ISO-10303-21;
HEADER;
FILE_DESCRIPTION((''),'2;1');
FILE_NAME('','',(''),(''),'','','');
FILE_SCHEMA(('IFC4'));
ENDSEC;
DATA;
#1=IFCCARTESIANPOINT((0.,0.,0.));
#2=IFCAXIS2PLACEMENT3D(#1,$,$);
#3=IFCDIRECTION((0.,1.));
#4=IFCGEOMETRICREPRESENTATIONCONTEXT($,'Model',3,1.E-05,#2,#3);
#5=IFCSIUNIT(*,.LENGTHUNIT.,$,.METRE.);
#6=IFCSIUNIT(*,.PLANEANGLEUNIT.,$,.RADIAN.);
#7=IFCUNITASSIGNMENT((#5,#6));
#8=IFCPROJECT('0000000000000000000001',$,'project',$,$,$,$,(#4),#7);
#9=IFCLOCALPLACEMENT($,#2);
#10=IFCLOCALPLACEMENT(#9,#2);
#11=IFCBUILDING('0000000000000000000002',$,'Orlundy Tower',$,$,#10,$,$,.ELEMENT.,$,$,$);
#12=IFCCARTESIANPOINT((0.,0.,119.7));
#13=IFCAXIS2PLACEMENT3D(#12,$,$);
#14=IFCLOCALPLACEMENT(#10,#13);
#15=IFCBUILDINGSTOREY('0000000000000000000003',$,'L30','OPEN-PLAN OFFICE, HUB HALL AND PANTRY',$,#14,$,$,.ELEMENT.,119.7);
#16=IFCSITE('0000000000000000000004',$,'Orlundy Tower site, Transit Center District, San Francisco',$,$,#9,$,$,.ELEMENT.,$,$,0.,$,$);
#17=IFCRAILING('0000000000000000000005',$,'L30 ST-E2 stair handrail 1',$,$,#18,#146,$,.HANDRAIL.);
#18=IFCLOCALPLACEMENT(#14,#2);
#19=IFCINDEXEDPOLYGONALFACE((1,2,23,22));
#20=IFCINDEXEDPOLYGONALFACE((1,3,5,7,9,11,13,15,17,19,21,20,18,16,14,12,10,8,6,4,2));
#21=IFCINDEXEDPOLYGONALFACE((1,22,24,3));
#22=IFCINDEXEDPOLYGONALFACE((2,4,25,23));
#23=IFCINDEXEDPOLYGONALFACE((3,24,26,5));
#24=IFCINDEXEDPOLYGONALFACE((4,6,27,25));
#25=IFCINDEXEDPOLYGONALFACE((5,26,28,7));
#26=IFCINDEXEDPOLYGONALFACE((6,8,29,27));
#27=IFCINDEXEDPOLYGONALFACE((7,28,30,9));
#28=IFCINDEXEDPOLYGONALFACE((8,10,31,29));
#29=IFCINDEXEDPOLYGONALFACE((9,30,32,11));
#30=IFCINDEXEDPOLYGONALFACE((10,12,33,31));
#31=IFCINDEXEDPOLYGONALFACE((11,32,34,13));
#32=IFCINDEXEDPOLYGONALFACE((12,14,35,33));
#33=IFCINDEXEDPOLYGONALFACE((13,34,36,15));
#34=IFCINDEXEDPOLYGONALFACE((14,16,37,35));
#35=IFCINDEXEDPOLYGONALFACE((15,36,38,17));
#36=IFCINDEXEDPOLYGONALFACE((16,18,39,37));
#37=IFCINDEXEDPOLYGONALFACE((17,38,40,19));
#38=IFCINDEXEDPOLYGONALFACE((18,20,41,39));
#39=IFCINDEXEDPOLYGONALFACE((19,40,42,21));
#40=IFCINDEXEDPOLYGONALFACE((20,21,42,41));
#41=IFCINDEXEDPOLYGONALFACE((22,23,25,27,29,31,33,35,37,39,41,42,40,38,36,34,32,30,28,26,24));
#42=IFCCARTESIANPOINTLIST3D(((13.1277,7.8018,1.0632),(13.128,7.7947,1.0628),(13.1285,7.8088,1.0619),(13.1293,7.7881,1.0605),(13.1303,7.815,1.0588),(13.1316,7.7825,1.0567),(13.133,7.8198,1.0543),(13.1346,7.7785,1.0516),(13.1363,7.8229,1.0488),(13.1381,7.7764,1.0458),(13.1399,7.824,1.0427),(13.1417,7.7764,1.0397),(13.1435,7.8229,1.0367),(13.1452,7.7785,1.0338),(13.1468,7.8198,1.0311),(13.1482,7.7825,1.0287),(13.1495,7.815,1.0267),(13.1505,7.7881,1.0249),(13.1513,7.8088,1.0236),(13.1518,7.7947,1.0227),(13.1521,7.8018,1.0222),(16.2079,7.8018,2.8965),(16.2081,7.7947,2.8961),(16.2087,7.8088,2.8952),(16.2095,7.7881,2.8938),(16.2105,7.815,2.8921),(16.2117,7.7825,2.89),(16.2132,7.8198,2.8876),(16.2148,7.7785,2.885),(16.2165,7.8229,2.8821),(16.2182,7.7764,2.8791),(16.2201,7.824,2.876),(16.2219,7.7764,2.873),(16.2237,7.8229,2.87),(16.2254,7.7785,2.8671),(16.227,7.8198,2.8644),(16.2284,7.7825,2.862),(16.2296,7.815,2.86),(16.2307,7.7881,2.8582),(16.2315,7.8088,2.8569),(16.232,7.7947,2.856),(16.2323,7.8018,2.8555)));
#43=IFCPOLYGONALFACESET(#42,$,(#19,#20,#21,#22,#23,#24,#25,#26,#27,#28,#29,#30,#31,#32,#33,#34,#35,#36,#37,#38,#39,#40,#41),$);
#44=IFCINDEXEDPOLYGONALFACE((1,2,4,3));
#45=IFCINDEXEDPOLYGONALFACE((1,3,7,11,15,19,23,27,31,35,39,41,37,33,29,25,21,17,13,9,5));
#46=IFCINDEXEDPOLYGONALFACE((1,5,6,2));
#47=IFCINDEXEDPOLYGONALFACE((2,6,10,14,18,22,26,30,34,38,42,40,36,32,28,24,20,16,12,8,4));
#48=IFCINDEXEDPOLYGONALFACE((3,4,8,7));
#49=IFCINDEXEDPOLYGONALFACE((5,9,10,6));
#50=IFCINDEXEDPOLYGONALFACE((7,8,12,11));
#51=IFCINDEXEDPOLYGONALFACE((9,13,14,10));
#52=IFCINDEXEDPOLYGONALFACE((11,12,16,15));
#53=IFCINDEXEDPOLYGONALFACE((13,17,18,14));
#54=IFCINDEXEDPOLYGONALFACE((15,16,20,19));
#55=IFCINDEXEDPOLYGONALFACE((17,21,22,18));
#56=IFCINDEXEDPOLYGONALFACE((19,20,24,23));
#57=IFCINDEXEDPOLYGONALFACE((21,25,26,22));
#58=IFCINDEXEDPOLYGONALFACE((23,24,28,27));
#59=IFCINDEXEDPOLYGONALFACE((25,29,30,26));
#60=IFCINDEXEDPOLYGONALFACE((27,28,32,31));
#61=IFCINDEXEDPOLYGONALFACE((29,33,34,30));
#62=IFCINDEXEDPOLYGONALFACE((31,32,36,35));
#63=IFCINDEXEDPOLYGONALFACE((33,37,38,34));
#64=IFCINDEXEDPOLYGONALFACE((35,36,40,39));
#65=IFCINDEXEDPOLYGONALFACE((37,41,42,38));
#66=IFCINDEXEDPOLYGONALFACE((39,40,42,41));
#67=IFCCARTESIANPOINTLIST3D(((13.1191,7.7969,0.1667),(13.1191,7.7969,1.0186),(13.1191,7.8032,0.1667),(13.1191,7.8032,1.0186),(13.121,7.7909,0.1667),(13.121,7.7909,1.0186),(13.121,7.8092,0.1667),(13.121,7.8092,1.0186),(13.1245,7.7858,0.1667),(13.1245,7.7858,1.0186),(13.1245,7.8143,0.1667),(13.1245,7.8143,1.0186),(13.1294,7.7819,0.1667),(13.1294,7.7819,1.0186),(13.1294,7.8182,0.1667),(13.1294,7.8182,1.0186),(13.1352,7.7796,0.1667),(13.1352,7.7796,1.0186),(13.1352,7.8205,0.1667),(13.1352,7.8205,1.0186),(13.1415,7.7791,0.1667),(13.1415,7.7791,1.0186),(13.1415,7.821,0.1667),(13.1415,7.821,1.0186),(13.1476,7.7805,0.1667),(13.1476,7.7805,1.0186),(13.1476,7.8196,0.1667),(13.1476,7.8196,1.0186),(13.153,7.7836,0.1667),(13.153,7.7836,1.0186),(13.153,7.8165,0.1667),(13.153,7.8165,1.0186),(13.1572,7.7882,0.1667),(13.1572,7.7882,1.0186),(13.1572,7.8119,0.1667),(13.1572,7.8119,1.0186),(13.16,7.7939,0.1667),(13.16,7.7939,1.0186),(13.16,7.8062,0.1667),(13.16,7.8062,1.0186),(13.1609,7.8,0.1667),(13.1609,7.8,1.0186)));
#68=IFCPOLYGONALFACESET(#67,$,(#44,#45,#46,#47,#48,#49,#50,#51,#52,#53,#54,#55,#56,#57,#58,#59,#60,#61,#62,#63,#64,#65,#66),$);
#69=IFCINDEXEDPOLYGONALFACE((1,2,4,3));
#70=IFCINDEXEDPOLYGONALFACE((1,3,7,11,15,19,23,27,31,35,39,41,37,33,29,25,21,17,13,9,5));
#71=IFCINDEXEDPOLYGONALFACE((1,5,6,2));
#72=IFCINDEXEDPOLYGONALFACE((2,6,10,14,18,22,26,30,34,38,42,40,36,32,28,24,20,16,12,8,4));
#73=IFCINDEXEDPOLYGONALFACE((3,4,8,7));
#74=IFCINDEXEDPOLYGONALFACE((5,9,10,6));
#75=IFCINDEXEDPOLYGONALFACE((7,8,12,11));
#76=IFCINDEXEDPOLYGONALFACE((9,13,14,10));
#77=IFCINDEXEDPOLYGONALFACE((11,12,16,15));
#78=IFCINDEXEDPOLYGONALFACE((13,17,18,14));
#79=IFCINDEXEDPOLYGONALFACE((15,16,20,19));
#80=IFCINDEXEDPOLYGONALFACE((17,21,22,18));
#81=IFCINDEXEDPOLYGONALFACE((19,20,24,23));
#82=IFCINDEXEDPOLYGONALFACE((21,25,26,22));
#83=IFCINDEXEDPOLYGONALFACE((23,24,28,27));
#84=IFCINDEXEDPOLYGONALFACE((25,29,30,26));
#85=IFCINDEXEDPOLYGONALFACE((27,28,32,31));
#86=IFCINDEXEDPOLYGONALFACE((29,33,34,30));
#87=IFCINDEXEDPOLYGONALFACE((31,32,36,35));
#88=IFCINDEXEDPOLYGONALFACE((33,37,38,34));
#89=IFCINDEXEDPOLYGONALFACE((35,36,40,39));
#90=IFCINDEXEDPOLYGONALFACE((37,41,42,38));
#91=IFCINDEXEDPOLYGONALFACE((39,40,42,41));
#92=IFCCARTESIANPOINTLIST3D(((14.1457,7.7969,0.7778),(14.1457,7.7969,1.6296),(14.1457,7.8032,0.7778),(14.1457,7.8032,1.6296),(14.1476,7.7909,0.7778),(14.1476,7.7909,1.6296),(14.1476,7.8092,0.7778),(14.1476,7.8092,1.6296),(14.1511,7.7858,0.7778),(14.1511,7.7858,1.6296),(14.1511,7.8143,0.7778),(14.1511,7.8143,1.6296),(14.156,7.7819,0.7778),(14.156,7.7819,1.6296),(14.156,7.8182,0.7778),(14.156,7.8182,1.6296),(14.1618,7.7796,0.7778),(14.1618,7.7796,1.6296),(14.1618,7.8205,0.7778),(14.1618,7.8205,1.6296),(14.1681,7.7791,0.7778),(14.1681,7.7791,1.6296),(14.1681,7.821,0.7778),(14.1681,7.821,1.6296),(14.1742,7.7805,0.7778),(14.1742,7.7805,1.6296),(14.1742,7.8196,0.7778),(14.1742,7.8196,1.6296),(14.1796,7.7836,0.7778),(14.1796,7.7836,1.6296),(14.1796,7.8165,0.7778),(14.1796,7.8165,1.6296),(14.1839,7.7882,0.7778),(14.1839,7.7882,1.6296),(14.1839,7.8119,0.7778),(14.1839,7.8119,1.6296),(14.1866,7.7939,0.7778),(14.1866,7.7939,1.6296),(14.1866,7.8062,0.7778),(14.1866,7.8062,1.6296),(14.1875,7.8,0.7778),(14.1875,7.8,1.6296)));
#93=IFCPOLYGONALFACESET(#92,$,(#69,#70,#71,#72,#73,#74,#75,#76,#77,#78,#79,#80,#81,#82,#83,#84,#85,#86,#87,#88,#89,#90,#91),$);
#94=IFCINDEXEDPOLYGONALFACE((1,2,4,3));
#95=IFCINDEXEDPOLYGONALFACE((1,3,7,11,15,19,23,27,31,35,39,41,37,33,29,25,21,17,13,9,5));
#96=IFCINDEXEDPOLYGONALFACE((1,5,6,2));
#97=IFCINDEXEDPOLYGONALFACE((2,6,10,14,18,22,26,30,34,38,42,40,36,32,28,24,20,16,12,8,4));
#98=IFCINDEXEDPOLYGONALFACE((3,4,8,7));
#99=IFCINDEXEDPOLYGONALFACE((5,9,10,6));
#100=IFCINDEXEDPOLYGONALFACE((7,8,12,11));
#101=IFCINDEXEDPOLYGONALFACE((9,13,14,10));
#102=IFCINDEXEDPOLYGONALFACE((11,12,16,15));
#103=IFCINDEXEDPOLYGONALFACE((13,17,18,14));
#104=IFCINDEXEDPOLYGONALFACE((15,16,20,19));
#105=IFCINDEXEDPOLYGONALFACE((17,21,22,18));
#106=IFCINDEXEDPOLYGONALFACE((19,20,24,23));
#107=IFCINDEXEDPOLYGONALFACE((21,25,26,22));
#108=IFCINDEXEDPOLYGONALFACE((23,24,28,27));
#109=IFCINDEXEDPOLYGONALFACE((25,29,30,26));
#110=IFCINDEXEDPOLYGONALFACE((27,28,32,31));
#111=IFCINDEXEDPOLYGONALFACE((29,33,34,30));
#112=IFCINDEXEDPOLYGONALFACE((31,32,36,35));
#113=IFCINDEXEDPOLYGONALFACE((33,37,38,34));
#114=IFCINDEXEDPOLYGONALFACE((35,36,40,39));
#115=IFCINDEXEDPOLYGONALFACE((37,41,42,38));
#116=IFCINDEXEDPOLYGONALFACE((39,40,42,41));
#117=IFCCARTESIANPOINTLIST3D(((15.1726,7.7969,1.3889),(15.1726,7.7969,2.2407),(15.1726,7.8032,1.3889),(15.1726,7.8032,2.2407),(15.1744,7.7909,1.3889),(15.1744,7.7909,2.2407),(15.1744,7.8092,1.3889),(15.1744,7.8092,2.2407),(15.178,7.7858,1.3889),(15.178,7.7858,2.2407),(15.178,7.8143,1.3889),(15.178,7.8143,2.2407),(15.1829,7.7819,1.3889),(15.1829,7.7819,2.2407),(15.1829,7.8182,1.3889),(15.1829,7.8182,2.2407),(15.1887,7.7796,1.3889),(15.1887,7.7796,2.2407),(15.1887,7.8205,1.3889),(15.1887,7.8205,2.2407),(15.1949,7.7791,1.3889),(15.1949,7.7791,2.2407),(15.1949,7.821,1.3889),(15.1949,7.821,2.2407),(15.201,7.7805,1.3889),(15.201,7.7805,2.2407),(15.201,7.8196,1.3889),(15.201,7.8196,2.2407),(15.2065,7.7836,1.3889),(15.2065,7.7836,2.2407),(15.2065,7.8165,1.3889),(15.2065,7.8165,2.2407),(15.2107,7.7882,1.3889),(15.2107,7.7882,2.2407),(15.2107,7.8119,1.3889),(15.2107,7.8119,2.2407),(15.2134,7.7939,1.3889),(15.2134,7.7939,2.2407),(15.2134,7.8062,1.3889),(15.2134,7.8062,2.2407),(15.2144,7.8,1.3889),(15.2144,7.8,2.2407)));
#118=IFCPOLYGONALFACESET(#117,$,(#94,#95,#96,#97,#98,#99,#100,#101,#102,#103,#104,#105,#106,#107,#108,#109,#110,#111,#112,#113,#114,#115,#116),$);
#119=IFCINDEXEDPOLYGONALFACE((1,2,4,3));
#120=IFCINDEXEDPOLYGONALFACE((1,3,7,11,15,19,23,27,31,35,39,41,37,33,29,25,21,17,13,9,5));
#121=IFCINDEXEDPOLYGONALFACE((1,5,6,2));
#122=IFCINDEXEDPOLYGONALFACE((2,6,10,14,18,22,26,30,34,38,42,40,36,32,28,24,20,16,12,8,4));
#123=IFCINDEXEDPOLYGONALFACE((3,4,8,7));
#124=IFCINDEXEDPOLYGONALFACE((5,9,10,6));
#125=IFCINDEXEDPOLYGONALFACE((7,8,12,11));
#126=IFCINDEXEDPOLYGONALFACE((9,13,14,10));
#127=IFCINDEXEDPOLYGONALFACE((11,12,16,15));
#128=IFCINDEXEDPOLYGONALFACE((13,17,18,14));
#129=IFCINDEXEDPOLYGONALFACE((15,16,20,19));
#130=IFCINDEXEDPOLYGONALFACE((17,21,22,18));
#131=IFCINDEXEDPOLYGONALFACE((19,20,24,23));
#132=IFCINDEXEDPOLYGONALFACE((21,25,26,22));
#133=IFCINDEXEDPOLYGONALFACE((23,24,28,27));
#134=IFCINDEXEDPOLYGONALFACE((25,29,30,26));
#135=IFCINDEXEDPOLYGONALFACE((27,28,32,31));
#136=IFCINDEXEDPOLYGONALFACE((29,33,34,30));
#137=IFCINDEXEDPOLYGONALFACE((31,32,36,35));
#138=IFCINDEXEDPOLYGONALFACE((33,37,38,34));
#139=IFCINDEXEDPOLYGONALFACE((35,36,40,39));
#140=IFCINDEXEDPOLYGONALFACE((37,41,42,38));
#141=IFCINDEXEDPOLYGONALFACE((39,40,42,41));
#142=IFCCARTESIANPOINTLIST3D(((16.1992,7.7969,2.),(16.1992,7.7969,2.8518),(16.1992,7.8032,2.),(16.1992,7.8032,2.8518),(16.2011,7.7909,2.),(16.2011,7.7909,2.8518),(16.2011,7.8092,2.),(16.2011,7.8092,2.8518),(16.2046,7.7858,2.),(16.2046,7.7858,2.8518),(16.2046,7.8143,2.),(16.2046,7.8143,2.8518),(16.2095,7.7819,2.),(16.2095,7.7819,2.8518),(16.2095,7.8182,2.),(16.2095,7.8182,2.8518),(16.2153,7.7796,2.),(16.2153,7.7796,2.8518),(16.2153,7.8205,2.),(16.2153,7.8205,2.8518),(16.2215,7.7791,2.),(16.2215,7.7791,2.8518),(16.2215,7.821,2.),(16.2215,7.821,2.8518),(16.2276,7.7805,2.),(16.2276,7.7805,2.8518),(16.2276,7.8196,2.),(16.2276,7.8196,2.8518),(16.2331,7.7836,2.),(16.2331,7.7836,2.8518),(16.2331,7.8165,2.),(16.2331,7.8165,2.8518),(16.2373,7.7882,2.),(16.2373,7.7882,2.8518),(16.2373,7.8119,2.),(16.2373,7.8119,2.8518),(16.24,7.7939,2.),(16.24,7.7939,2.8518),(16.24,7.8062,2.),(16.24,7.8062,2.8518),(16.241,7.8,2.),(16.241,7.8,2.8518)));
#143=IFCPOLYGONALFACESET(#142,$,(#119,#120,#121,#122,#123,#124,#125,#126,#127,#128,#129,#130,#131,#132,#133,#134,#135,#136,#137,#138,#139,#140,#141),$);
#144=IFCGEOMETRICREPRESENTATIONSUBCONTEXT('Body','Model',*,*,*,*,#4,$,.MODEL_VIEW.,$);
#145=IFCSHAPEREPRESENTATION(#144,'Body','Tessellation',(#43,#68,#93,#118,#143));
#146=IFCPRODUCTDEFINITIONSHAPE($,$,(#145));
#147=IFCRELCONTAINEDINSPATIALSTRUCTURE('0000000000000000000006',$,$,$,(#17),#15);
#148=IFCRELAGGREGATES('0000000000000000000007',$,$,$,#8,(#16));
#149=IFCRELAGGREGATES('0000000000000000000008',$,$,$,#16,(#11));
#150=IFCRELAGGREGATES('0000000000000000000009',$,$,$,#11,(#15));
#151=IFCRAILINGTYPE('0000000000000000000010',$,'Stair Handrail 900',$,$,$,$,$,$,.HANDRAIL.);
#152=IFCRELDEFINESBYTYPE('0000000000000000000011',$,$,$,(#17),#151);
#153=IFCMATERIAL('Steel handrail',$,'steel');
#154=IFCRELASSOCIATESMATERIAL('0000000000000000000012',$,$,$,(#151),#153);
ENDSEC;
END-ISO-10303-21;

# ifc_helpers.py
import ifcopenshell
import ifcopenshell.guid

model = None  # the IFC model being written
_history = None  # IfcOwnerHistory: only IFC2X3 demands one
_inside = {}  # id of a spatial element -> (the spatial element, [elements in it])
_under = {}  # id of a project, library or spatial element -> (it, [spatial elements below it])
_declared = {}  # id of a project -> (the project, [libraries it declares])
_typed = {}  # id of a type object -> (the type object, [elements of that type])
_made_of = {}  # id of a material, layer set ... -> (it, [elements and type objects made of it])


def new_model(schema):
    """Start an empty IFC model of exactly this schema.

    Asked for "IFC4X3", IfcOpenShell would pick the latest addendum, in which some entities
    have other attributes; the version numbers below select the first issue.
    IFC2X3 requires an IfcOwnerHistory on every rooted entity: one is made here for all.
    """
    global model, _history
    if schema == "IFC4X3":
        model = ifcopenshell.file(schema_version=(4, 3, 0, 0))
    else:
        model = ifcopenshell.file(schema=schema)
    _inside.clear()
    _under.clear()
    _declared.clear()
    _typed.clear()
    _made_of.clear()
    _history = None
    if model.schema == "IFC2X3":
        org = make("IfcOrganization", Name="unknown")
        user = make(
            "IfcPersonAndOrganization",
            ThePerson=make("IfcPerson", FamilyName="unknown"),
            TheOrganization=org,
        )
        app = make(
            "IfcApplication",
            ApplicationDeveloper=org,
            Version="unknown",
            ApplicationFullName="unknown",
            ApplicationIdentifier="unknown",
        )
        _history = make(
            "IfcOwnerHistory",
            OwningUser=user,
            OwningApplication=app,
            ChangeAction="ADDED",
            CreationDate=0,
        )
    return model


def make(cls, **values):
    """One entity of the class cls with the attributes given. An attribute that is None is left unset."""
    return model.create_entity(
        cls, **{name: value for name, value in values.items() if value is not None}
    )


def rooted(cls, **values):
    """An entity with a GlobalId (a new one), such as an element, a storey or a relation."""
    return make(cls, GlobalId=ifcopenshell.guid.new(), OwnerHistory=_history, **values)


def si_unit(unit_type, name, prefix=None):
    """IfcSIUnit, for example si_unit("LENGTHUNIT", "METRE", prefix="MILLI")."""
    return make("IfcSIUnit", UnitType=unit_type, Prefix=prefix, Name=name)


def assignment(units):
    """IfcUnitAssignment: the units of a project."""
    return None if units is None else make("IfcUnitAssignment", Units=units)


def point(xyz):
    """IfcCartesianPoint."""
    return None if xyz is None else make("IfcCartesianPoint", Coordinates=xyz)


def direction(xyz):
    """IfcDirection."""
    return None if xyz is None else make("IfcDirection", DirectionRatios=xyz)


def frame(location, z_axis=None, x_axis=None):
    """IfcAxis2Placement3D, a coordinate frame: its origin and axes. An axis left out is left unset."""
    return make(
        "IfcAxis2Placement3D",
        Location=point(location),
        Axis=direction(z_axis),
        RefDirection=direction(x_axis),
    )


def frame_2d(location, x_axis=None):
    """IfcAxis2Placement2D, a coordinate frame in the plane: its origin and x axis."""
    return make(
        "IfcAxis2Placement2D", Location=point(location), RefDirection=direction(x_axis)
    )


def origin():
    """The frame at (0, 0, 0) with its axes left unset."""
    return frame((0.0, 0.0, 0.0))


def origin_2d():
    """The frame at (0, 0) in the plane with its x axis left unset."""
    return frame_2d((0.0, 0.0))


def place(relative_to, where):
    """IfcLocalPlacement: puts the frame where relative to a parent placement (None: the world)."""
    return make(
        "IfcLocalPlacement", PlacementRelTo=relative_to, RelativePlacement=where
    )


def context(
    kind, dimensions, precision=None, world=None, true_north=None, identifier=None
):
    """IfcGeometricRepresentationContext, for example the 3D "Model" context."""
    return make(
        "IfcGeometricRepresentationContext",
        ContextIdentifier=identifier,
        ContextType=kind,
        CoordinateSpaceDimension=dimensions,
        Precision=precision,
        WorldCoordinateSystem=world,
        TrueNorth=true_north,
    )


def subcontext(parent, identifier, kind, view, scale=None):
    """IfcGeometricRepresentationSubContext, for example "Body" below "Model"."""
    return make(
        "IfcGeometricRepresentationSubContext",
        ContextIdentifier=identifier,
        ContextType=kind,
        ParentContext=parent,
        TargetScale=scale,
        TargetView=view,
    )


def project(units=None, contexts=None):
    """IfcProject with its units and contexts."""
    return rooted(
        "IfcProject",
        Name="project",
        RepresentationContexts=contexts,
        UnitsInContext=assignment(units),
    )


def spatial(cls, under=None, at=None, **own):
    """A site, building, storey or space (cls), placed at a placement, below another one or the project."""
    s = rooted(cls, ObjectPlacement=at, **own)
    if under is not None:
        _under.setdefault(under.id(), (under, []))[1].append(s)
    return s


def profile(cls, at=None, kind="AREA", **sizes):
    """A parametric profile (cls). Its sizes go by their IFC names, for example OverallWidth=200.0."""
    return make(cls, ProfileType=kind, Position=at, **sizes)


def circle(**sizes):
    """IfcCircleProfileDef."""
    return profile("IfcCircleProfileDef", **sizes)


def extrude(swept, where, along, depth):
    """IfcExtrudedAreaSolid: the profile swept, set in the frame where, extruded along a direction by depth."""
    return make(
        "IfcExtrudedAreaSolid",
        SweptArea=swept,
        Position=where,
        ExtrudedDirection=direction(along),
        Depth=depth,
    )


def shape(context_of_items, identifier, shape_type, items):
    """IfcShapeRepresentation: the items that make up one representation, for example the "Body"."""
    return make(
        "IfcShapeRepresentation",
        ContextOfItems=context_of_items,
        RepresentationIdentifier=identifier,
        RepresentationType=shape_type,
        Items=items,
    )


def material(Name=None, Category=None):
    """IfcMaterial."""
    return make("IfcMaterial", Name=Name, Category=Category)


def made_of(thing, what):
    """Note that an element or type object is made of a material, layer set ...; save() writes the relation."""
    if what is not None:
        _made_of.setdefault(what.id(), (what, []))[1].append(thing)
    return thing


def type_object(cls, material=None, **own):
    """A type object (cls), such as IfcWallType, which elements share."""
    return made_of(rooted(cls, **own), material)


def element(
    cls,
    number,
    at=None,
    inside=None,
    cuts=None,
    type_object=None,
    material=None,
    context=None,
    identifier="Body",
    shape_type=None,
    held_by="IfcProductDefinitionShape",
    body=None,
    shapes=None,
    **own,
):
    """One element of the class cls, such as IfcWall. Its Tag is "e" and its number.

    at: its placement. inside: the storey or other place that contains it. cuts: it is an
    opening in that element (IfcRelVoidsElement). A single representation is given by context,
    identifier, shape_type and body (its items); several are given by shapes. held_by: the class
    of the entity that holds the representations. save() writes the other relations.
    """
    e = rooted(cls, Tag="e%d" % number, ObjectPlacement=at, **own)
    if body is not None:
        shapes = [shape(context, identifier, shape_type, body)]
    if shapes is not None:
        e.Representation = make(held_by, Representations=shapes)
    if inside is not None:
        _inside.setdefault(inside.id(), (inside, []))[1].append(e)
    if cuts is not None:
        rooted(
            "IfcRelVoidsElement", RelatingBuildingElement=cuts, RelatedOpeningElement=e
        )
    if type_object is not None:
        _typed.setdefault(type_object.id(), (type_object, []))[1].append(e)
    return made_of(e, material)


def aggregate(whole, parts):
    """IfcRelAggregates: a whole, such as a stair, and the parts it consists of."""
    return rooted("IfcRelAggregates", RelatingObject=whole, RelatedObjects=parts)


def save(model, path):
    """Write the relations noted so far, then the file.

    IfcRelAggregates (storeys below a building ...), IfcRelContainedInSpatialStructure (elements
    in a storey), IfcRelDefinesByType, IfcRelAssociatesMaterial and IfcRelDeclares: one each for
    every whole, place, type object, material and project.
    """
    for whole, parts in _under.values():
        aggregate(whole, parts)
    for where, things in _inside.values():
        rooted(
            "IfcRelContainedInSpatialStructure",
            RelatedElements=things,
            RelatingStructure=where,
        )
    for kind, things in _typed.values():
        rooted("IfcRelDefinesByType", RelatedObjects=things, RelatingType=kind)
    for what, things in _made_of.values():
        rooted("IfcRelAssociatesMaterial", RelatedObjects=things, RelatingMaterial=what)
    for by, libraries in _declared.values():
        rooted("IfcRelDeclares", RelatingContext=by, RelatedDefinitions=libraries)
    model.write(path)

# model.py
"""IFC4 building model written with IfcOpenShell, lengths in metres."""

from ifc_helpers import new_model, si_unit, direction, frame, origin, origin_2d, place, context, subcontext, project, spatial, circle, extrude, material, type_object, element, save


model = new_model("IFC4")

# Units and contexts
model_context = context("Model", 3, precision=1e-05, world=origin(), true_north=direction((0.0, 1.0)))
body_context = subcontext(model_context, "Body", "Model", "MODEL_VIEW")
ifc_project = project(units=[si_unit("LENGTHUNIT", "METRE"), si_unit("PLANEANGLEUNIT", "RADIAN")], contexts=[model_context])

# Site, building, storey
site_placement = place(None, origin())
site = spatial("IfcSite", under=ifc_project, at=site_placement, Name="Orlundy Tower site, Transit Center District, San Francisco", CompositionType="ELEMENT", RefElevation=0.0)
building_placement = place(site_placement, origin())
building = spatial("IfcBuilding", under=site, at=building_placement, Name="Orlundy Tower", CompositionType="ELEMENT")
storey_placement = place(building_placement, frame((0.0, 0.0, 119.7)))
storey = spatial("IfcBuildingStorey", under=building, at=storey_placement, Name="L30", Description="OPEN-PLAN OFFICE, HUB HALL AND PANTRY", CompositionType="ELEMENT", Elevation=119.7)

# Railing
ifc_material_1 = material(Name="Steel handrail", Category="steel")
railing_type_1 = type_object("IfcRailingType", Name="Stair Handrail 900", PredefinedType="HANDRAIL", material=ifc_material_1)
railing_1_placement = place(storey_placement, frame((13.1399, 7.8, 0.1667)))
element("IfcRailing", 1, at=railing_1_placement, inside=storey, type_object=railing_type_1, Name="L30 ST-E2 stair handrail 1", PredefinedType="HANDRAIL", context=body_context, shape_type="SweptSolid", body=[
    extrude(circle(Radius=0.0239, at=origin_2d()), frame((0.0, 0.0, 0.876), z_axis=(0.859309, 0.0, 0.511458), x_axis=(0.0, 1.0, 0.0)), (0.0, 0.0, 1.0), 3.5845),
    extrude(circle(Radius=0.021, at=origin_2d()), origin(), (0.0, 0.0, 1.0), 0.8518),
    extrude(circle(Radius=0.021, at=origin_2d()), frame((1.0266, 0.0, 0.6111)), (0.0, 0.0, 1.0), 0.8518),
    extrude(circle(Radius=0.021, at=origin_2d()), frame((2.0535, 0.0, 1.2222)), (0.0, 0.0, 1.0), 0.8518),
    extrude(circle(Radius=0.021, at=origin_2d()), frame((3.0801, 0.0, 1.8333)), (0.0, 0.0, 1.0), 0.8518),
])

save(model, "model.ifc")
